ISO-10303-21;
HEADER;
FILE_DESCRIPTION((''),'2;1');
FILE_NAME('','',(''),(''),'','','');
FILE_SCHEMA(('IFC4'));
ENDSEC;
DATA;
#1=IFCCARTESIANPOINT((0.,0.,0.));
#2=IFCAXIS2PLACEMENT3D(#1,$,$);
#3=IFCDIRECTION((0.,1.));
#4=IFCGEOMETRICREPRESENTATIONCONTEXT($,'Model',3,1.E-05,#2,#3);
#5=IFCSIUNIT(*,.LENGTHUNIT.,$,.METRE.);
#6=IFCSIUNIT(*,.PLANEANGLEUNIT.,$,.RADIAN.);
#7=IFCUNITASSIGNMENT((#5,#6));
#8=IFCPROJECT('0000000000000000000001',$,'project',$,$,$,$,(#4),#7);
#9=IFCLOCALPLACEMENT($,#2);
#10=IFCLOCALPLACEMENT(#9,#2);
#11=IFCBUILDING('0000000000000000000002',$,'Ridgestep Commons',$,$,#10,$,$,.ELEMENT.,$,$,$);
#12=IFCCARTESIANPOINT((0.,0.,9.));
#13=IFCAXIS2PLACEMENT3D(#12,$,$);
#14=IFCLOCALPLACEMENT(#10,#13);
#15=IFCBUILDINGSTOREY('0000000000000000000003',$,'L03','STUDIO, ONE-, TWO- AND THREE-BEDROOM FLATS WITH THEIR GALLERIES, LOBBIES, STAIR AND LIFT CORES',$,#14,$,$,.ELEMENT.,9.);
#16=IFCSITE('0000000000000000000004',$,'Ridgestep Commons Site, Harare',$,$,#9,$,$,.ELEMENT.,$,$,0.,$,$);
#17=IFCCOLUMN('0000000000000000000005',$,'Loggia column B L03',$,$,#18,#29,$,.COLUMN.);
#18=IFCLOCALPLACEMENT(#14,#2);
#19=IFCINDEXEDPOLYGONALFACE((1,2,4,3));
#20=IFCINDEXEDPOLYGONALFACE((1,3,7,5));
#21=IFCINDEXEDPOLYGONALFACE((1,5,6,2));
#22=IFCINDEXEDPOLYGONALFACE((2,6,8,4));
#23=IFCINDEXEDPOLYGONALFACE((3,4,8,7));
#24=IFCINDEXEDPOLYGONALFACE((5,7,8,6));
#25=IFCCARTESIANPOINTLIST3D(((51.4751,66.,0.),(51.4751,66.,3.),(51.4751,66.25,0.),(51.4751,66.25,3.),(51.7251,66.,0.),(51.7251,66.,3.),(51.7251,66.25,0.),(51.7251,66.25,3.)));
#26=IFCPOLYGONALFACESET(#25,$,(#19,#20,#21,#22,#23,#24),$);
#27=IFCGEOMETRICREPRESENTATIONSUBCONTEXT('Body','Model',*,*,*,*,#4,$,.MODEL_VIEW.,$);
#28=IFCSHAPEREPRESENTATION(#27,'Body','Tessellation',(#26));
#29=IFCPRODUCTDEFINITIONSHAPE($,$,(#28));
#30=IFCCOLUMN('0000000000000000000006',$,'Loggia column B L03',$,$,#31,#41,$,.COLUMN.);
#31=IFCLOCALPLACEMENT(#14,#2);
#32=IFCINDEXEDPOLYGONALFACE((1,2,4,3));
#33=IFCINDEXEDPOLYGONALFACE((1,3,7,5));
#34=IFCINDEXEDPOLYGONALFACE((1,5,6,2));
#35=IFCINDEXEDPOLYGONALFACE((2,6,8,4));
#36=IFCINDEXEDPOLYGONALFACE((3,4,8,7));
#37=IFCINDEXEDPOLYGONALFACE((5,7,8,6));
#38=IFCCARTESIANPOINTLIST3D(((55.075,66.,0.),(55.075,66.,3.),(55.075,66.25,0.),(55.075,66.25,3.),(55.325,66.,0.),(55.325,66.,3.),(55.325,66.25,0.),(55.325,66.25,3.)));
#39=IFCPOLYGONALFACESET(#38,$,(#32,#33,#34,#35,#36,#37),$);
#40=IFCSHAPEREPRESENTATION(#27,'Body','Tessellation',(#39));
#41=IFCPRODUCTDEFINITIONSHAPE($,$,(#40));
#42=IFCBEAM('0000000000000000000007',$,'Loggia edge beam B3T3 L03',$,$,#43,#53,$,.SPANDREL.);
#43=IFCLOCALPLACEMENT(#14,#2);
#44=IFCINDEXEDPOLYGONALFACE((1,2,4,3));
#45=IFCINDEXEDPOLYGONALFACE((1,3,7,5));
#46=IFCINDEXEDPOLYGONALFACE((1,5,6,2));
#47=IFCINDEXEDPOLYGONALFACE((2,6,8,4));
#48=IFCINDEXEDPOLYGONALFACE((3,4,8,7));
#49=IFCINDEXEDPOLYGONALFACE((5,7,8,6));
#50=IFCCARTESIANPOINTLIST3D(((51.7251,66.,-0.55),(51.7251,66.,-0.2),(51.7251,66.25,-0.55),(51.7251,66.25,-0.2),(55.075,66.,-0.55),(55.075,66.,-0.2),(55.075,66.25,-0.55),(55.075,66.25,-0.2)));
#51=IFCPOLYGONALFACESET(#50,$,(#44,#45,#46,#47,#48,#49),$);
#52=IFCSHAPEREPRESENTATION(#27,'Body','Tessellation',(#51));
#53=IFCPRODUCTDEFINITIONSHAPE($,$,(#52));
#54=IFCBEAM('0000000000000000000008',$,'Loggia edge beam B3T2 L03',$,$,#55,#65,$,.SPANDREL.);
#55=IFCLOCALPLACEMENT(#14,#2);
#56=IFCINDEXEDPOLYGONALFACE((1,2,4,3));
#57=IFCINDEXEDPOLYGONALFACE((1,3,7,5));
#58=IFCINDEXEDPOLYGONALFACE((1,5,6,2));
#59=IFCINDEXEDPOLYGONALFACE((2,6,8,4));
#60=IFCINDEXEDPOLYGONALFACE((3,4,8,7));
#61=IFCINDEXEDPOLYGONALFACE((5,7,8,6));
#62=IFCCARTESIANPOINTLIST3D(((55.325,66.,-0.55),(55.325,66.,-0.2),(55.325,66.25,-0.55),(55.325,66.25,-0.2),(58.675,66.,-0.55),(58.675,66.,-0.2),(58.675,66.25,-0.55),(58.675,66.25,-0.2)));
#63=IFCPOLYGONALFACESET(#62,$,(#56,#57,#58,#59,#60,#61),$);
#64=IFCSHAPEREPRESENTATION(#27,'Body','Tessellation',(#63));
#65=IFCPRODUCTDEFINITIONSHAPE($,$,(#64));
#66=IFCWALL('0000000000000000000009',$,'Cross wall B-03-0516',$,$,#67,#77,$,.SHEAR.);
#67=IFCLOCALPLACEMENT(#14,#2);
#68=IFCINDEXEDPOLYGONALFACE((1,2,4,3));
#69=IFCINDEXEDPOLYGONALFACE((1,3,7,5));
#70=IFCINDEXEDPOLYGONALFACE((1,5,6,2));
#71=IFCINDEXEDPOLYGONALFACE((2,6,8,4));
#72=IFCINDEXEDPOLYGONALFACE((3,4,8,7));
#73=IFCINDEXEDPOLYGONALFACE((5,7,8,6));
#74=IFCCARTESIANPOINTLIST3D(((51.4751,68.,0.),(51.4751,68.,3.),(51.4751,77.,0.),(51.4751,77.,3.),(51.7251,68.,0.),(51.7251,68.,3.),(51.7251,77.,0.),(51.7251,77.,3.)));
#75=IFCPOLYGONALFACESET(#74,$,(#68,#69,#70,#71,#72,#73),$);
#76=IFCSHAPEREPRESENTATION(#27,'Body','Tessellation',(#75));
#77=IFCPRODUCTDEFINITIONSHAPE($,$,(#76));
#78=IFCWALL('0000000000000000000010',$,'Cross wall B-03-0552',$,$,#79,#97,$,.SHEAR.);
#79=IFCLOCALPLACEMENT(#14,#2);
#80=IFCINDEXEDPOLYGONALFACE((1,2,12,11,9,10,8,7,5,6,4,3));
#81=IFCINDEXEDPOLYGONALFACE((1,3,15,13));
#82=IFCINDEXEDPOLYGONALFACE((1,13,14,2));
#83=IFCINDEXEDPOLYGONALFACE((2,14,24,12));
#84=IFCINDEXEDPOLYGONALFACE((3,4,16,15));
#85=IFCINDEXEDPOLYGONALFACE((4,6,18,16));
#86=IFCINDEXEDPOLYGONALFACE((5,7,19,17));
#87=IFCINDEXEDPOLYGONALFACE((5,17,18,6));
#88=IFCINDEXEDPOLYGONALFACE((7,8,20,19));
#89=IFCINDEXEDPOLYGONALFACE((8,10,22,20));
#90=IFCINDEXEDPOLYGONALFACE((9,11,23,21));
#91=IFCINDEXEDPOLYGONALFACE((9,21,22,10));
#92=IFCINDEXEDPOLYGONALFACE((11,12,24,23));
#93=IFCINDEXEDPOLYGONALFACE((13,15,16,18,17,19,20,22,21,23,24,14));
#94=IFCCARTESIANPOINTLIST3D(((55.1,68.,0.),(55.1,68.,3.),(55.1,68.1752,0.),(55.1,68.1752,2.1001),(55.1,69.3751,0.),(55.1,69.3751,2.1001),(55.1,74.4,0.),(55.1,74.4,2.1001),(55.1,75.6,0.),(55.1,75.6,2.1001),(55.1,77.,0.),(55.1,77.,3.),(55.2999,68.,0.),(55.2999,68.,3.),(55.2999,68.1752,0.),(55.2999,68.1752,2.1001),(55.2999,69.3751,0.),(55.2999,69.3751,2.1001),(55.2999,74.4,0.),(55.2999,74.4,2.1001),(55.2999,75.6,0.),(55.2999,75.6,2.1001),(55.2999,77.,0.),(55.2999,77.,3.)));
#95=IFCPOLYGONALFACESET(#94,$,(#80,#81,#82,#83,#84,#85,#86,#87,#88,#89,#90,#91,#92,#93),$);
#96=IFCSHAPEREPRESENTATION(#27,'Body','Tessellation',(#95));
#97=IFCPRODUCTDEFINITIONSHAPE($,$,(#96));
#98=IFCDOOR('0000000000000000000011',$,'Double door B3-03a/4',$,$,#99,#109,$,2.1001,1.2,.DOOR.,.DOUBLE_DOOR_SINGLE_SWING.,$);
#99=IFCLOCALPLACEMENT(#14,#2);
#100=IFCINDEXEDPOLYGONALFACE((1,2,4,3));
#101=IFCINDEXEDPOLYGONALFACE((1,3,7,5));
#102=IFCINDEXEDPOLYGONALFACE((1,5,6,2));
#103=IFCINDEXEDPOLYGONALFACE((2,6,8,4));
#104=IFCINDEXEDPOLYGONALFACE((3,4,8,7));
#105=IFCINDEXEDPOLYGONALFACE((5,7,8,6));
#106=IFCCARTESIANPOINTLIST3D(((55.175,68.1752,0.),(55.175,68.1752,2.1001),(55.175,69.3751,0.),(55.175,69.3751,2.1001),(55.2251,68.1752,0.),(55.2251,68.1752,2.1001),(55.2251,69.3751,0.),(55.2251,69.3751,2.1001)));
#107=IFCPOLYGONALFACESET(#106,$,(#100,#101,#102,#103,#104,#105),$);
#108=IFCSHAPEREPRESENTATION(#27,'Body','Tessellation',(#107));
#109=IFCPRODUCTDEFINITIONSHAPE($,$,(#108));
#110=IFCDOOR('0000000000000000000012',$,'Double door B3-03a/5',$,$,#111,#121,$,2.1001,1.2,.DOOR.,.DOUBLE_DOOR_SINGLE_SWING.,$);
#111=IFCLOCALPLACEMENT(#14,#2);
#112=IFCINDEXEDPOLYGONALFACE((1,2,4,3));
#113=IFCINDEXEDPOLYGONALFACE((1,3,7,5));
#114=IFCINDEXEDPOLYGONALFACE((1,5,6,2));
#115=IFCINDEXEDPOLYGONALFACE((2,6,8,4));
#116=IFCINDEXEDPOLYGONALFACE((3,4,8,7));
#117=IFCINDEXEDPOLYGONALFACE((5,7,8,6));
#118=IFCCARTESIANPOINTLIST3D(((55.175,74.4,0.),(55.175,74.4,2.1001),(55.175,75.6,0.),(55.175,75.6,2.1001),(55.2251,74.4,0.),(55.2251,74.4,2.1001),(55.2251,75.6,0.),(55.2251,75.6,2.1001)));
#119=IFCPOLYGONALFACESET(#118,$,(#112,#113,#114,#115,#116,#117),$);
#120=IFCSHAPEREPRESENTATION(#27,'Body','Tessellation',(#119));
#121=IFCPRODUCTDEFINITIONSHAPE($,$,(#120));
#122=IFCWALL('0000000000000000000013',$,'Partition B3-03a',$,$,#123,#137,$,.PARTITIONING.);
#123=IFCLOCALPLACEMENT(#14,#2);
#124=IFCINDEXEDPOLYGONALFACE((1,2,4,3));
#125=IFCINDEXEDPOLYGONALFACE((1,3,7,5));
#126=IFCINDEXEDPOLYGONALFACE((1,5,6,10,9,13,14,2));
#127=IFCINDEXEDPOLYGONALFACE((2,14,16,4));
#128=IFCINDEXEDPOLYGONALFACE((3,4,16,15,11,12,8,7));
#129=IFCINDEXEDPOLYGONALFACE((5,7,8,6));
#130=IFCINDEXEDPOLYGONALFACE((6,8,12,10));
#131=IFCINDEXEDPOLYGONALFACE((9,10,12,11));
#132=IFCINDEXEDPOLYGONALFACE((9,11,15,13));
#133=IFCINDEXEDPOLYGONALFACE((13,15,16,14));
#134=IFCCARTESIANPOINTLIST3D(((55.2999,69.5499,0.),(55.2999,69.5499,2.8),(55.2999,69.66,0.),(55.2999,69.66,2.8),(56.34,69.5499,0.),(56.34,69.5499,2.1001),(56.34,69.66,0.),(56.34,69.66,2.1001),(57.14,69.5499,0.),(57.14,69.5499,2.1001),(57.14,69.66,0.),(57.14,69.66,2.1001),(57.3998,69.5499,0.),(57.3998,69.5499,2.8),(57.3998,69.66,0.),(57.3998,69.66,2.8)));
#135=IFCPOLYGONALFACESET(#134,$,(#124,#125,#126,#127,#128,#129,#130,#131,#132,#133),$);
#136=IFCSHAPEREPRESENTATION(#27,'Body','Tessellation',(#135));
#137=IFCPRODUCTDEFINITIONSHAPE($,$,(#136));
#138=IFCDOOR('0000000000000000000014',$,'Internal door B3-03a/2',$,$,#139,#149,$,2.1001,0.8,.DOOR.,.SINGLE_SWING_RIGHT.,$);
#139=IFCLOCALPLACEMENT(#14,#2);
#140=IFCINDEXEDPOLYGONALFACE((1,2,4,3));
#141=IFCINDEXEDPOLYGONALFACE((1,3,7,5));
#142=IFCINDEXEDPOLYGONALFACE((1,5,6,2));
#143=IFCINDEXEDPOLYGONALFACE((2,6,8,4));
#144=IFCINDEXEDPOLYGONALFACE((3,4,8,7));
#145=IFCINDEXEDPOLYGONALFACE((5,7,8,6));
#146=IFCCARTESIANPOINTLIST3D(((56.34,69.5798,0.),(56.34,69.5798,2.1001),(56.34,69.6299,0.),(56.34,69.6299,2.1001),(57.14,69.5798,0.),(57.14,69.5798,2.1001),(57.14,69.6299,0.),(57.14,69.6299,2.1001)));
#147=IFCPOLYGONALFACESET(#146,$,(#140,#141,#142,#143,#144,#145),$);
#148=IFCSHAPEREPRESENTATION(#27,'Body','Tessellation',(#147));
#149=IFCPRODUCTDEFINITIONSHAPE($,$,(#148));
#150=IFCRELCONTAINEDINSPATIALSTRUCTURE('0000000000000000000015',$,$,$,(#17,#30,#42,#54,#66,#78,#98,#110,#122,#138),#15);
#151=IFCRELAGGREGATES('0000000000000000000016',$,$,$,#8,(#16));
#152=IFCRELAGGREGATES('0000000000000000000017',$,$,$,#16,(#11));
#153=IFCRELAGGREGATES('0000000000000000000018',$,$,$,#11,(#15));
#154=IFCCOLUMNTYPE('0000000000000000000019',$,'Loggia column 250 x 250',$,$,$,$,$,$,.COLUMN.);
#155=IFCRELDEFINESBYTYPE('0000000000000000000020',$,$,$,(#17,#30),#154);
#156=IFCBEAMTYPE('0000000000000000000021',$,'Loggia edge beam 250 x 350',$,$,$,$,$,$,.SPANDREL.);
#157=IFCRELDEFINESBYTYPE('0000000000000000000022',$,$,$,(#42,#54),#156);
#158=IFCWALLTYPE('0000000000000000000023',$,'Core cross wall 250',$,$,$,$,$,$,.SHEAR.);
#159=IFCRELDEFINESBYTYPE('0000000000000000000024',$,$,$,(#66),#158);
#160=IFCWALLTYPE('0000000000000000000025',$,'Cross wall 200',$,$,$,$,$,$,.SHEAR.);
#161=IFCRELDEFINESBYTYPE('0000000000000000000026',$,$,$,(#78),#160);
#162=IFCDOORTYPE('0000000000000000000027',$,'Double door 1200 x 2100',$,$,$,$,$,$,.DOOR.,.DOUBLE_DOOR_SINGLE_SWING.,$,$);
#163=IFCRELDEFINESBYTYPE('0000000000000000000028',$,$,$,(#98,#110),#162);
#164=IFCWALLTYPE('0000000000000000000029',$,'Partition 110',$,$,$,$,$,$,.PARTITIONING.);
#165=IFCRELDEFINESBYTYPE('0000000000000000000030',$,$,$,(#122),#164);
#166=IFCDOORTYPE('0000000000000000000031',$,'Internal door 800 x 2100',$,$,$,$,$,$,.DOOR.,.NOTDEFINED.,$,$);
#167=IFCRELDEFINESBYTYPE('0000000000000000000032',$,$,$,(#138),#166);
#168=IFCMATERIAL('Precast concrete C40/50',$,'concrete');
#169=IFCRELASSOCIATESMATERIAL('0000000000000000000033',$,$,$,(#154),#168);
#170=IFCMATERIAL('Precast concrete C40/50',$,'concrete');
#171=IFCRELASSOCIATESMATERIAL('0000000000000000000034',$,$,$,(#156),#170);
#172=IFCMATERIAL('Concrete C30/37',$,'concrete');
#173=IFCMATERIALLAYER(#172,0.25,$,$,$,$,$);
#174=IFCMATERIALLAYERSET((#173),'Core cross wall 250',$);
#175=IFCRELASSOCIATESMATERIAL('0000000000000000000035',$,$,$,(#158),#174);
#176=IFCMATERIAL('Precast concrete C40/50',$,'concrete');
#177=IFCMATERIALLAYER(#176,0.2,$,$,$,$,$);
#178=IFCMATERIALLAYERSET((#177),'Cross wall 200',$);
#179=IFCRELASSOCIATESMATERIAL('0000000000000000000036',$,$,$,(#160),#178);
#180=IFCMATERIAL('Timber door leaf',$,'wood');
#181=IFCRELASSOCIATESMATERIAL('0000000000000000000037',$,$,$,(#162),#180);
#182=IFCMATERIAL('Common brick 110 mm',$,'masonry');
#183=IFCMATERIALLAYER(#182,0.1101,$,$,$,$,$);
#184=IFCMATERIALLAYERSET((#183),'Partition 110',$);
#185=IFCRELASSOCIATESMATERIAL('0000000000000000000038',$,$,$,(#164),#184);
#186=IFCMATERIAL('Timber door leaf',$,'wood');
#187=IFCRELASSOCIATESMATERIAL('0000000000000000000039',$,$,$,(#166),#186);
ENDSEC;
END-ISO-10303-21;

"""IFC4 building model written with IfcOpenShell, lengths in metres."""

from ifc_helpers import new_model, si_unit, direction, frame, frame_2d, origin, origin_2d, place, context, subcontext, project, spatial, rectangle, extrude, material, layer, layer_set, material_profile, profile_set, type_object, element, fill, save


model = new_model("IFC4")

# Units and contexts
model_context = context("Model", 3, precision=1e-05, world=origin(), true_north=direction((0.0, 1.0)))
body_context = subcontext(model_context, "Body", "Model", "MODEL_VIEW")
ifc_project = project(units=[si_unit("LENGTHUNIT", "METRE"), si_unit("PLANEANGLEUNIT", "RADIAN")], contexts=[model_context])

# Site, building, storey
site_placement = place(None, origin())
site = spatial("IfcSite", under=ifc_project, at=site_placement, Name="Ridgestep Commons Site, Harare", CompositionType="ELEMENT", RefElevation=0.0)
building_placement = place(site_placement, origin())
building = spatial("IfcBuilding", under=site, at=building_placement, Name="Ridgestep Commons", CompositionType="ELEMENT")
storey_placement = place(building_placement, frame((0.0, 0.0, 9.0)))
storey = spatial("IfcBuildingStorey", under=building, at=storey_placement, Name="L03", Description="STUDIO, ONE-, TWO- AND THREE-BEDROOM FLATS WITH THEIR GALLERIES, LOBBIES, STAIR AND LIFT CORES", CompositionType="ELEMENT", Elevation=9.0)

# Columns
ifc_material_1 = material(Name="Precast concrete C40/50", Category="concrete")
ifc_material_profile_1 = material_profile(ifc_material_1, rectangle(XDim=0.25, YDim=0.25, at=origin_2d()), Name="PC 250x250")
ifc_profile_set_1 = profile_set([ifc_material_profile_1], Name="Precast concrete C40/50")
column_type = type_object("IfcColumnType", Name="Loggia column 250 x 250", PredefinedType="COLUMN", material=ifc_profile_set_1)
for number, where, z_axis, x_axis, name in (
    (1, (51.6001, 66.125, 0.0), (0.0, 0.0, 1.0), (1.0, 0.0, 0.0), "Loggia column B L03"),
    (2, (55.2, 66.125, 0.0), (0.0, 0.0, 1.0), (1.0, 0.0, 0.0), "Loggia column B L03"),
):
    element("IfcColumn", number, at=place(storey_placement, frame(where, z_axis=z_axis, x_axis=x_axis)), inside=storey, type_object=column_type, Name=name, PredefinedType="COLUMN", context=body_context, shape_type="SweptSolid", body=[
        extrude(rectangle(XDim=0.25, YDim=0.25, at=origin_2d()), origin(), (0.0, 0.0, 1.0), 3.0),
    ])

# Beams
ifc_material_2 = material(Name="Precast concrete C40/50", Category="concrete")
ifc_material_profile_2 = material_profile(ifc_material_2, rectangle(XDim=0.25, YDim=0.3501, at=origin_2d()), Name="PC 250x350")
ifc_profile_set_2 = profile_set([ifc_material_profile_2], Name="Precast concrete C40/50")
beam_type = type_object("IfcBeamType", Name="Loggia edge beam 250 x 350", PredefinedType="SPANDREL", material=ifc_profile_set_2)
beam_1_placement = place(storey_placement, frame((51.7251, 66.125, -0.375), z_axis=(1.0, 0.0, 0.0), x_axis=(0.0, 1.0, 0.0)))
element("IfcBeam", 3, at=beam_1_placement, inside=storey, type_object=beam_type, Name="Loggia edge beam B3T3 L03", PredefinedType="SPANDREL", context=body_context, shape_type="SweptSolid", body=[
    extrude(rectangle(XDim=0.25, YDim=0.3501, at=origin_2d()), origin(), (0.0, 0.0, 1.0), 3.3499),
])
beam_2_placement = place(storey_placement, frame((55.325, 66.125, -0.375), z_axis=(1.0, 0.0, 0.0), x_axis=(0.0, 1.0, 0.0)))
element("IfcBeam", 4, at=beam_2_placement, inside=storey, type_object=beam_type, Name="Loggia edge beam B3T2 L03", PredefinedType="SPANDREL", context=body_context, shape_type="SweptSolid", body=[
    extrude(rectangle(XDim=0.25, YDim=0.3501, at=origin_2d()), origin(), (0.0, 0.0, 1.0), 3.3501),
])

# Wall
ifc_material_3 = material(Name="Concrete C30/37", Category="concrete")
ifc_layer_1 = layer(ifc_material_3, 0.25)
ifc_layer_set_1 = layer_set([ifc_layer_1], Name="Core cross wall 250")
wall_type_1 = type_object("IfcWallType", Name="Core cross wall 250", PredefinedType="SHEAR", material=ifc_layer_set_1)
wall_1_placement = place(storey_placement, frame((51.6001, 68.0, 0.0), z_axis=(0.0, 0.0, 1.0), x_axis=(0.0, 1.0, 0.0)))
element("IfcWall", 5, at=wall_1_placement, inside=storey, type_object=wall_type_1, Name="Cross wall B-03-0516", PredefinedType="SHEAR", context=body_context, shape_type="SweptSolid", body=[
    extrude(rectangle(XDim=9.0, YDim=0.25, at=frame_2d((4.5, 0.0))), origin(), (0.0, 0.0, 1.0), 3.0),
])

# Wall, openings, doors
ifc_material_4 = material(Name="Precast concrete C40/50", Category="concrete")
ifc_layer_2 = layer(ifc_material_4, 0.2)
ifc_layer_set_2 = layer_set([ifc_layer_2], Name="Cross wall 200")
wall_type_2 = type_object("IfcWallType", Name="Cross wall 200", PredefinedType="SHEAR", material=ifc_layer_set_2)
wall_2_placement = place(storey_placement, frame((55.2, 68.0, 0.0), z_axis=(0.0, 0.0, 1.0), x_axis=(0.0, 1.0, 0.0)))
wall_2 = element("IfcWall", 6, at=wall_2_placement, inside=storey, type_object=wall_type_2, Name="Cross wall B-03-0552", PredefinedType="SHEAR", context=body_context, shape_type="SweptSolid", body=[
    extrude(rectangle(XDim=9.0, YDim=0.2, at=frame_2d((4.5, 0.0))), origin(), (0.0, 0.0, 1.0), 3.0),
])
opening_1_placement = place(wall_2_placement, frame((0.175, 0.0, 0.0)))
opening_1 = element("IfcOpeningElement", 7, at=opening_1_placement, cuts=wall_2, PredefinedType="OPENING", context=body_context, shape_type="SweptSolid", body=[
    extrude(rectangle(XDim=1.2, YDim=2.1001, at=frame_2d((0.6001, 1.05))), frame((0.0, 0.1099, 0.0), z_axis=(0.0, -1.0, 0.0), x_axis=(1.0, 0.0, 0.0)), (0.0, 0.0, 1.0), 0.22),
])
opening_2_placement = place(wall_2_placement, frame((6.3999, 0.0, 0.0)))
opening_2 = element("IfcOpeningElement", 8, at=opening_2_placement, cuts=wall_2, PredefinedType="OPENING", context=body_context, shape_type="SweptSolid", body=[
    extrude(rectangle(XDim=1.2, YDim=2.1001, at=frame_2d((0.6001, 1.05))), frame((0.0, 0.1099, 0.0), z_axis=(0.0, -1.0, 0.0), x_axis=(1.0, 0.0, 0.0)), (0.0, 0.0, 1.0), 0.22),
])
ifc_material_5 = material(Name="Timber door leaf", Category="wood")
door_type_1 = type_object("IfcDoorType", Name="Double door 1200 x 2100", OperationType="DOUBLE_DOOR_SINGLE_SWING", PredefinedType="DOOR", material=ifc_material_5)
door_1_placement = place(opening_1_placement, origin())
door_1 = element("IfcDoor", 9, at=door_1_placement, inside=storey, type_object=door_type_1, Name="Double door B3-03a/4", OperationType="DOUBLE_DOOR_SINGLE_SWING", OverallHeight=2.1001, OverallWidth=1.2, PredefinedType="DOOR", context=body_context, shape_type="SweptSolid", body=[
    extrude(rectangle(XDim=1.2, YDim=2.1001, at=frame_2d((0.6001, 1.05))), frame((0.0, 0.0249, 0.0), z_axis=(0.0, -1.0, 0.0), x_axis=(1.0, 0.0, 0.0)), (0.0, 0.0, 1.0), 0.05),
])
fill(opening_1, door_1)
door_2_placement = place(opening_2_placement, origin())
door_2 = element("IfcDoor", 10, at=door_2_placement, inside=storey, type_object=door_type_1, Name="Double door B3-03a/5", OperationType="DOUBLE_DOOR_SINGLE_SWING", OverallHeight=2.1001, OverallWidth=1.2, PredefinedType="DOOR", context=body_context, shape_type="SweptSolid", body=[
    extrude(rectangle(XDim=1.2, YDim=2.1001, at=frame_2d((0.6001, 1.05))), frame((0.0, 0.0249, 0.0), z_axis=(0.0, -1.0, 0.0), x_axis=(1.0, 0.0, 0.0)), (0.0, 0.0, 1.0), 0.05),
])
fill(opening_2, door_2)

# Wall, opening, door
ifc_material_6 = material(Name="Common brick 110 mm", Category="masonry")
ifc_layer_3 = layer(ifc_material_6, 0.1101)
ifc_layer_set_3 = layer_set([ifc_layer_3], Name="Partition 110")
wall_type_3 = type_object("IfcWallType", Name="Partition 110", PredefinedType="PARTITIONING", material=ifc_layer_set_3)
wall_3_placement = place(storey_placement, frame((55.3, 69.605, 0.0), z_axis=(0.0, 0.0, 1.0), x_axis=(1.0, 0.0, 0.0)))
wall_3 = element("IfcWall", 11, at=wall_3_placement, inside=storey, type_object=wall_type_3, Name="Partition B3-03a", PredefinedType="PARTITIONING", context=body_context, shape_type="SweptSolid", body=[
    extrude(rectangle(XDim=2.0999, YDim=0.1101, at=frame_2d((1.0498, 0.0))), origin(), (0.0, 0.0, 1.0), 2.8),
])
opening_3_placement = place(wall_3_placement, frame((1.04, 0.0, 0.0)))
opening_3 = element("IfcOpeningElement", 12, at=opening_3_placement, cuts=wall_3, PredefinedType="OPENING", context=body_context, shape_type="SweptSolid", body=[
    extrude(rectangle(XDim=0.8, YDim=2.1001, at=frame_2d((0.3999, 1.05))), frame((0.0, 0.0649, 0.0), z_axis=(0.0, -1.0, 0.0), x_axis=(1.0, 0.0, 0.0)), (0.0, 0.0, 1.0), 0.1301),
])
ifc_material_7 = material(Name="Timber door leaf", Category="wood")
door_type_2 = type_object("IfcDoorType", Name="Internal door 800 x 2100", OperationType="NOTDEFINED", PredefinedType="DOOR", material=ifc_material_7)
door_3_placement = place(opening_3_placement, origin())
door_3 = element("IfcDoor", 13, at=door_3_placement, inside=storey, type_object=door_type_2, Name="Internal door B3-03a/2", OperationType="SINGLE_SWING_RIGHT", OverallHeight=2.1001, OverallWidth=0.8, PredefinedType="DOOR", context=body_context, shape_type="SweptSolid", body=[
    extrude(rectangle(XDim=0.8, YDim=2.1001, at=frame_2d((0.3999, 1.05))), frame((0.0, 0.0249, 0.0), z_axis=(0.0, -1.0, 0.0), x_axis=(1.0, 0.0, 0.0)), (0.0, 0.0, 1.0), 0.05),
])
fill(opening_3, door_3)

save(model, "model.ifc")
